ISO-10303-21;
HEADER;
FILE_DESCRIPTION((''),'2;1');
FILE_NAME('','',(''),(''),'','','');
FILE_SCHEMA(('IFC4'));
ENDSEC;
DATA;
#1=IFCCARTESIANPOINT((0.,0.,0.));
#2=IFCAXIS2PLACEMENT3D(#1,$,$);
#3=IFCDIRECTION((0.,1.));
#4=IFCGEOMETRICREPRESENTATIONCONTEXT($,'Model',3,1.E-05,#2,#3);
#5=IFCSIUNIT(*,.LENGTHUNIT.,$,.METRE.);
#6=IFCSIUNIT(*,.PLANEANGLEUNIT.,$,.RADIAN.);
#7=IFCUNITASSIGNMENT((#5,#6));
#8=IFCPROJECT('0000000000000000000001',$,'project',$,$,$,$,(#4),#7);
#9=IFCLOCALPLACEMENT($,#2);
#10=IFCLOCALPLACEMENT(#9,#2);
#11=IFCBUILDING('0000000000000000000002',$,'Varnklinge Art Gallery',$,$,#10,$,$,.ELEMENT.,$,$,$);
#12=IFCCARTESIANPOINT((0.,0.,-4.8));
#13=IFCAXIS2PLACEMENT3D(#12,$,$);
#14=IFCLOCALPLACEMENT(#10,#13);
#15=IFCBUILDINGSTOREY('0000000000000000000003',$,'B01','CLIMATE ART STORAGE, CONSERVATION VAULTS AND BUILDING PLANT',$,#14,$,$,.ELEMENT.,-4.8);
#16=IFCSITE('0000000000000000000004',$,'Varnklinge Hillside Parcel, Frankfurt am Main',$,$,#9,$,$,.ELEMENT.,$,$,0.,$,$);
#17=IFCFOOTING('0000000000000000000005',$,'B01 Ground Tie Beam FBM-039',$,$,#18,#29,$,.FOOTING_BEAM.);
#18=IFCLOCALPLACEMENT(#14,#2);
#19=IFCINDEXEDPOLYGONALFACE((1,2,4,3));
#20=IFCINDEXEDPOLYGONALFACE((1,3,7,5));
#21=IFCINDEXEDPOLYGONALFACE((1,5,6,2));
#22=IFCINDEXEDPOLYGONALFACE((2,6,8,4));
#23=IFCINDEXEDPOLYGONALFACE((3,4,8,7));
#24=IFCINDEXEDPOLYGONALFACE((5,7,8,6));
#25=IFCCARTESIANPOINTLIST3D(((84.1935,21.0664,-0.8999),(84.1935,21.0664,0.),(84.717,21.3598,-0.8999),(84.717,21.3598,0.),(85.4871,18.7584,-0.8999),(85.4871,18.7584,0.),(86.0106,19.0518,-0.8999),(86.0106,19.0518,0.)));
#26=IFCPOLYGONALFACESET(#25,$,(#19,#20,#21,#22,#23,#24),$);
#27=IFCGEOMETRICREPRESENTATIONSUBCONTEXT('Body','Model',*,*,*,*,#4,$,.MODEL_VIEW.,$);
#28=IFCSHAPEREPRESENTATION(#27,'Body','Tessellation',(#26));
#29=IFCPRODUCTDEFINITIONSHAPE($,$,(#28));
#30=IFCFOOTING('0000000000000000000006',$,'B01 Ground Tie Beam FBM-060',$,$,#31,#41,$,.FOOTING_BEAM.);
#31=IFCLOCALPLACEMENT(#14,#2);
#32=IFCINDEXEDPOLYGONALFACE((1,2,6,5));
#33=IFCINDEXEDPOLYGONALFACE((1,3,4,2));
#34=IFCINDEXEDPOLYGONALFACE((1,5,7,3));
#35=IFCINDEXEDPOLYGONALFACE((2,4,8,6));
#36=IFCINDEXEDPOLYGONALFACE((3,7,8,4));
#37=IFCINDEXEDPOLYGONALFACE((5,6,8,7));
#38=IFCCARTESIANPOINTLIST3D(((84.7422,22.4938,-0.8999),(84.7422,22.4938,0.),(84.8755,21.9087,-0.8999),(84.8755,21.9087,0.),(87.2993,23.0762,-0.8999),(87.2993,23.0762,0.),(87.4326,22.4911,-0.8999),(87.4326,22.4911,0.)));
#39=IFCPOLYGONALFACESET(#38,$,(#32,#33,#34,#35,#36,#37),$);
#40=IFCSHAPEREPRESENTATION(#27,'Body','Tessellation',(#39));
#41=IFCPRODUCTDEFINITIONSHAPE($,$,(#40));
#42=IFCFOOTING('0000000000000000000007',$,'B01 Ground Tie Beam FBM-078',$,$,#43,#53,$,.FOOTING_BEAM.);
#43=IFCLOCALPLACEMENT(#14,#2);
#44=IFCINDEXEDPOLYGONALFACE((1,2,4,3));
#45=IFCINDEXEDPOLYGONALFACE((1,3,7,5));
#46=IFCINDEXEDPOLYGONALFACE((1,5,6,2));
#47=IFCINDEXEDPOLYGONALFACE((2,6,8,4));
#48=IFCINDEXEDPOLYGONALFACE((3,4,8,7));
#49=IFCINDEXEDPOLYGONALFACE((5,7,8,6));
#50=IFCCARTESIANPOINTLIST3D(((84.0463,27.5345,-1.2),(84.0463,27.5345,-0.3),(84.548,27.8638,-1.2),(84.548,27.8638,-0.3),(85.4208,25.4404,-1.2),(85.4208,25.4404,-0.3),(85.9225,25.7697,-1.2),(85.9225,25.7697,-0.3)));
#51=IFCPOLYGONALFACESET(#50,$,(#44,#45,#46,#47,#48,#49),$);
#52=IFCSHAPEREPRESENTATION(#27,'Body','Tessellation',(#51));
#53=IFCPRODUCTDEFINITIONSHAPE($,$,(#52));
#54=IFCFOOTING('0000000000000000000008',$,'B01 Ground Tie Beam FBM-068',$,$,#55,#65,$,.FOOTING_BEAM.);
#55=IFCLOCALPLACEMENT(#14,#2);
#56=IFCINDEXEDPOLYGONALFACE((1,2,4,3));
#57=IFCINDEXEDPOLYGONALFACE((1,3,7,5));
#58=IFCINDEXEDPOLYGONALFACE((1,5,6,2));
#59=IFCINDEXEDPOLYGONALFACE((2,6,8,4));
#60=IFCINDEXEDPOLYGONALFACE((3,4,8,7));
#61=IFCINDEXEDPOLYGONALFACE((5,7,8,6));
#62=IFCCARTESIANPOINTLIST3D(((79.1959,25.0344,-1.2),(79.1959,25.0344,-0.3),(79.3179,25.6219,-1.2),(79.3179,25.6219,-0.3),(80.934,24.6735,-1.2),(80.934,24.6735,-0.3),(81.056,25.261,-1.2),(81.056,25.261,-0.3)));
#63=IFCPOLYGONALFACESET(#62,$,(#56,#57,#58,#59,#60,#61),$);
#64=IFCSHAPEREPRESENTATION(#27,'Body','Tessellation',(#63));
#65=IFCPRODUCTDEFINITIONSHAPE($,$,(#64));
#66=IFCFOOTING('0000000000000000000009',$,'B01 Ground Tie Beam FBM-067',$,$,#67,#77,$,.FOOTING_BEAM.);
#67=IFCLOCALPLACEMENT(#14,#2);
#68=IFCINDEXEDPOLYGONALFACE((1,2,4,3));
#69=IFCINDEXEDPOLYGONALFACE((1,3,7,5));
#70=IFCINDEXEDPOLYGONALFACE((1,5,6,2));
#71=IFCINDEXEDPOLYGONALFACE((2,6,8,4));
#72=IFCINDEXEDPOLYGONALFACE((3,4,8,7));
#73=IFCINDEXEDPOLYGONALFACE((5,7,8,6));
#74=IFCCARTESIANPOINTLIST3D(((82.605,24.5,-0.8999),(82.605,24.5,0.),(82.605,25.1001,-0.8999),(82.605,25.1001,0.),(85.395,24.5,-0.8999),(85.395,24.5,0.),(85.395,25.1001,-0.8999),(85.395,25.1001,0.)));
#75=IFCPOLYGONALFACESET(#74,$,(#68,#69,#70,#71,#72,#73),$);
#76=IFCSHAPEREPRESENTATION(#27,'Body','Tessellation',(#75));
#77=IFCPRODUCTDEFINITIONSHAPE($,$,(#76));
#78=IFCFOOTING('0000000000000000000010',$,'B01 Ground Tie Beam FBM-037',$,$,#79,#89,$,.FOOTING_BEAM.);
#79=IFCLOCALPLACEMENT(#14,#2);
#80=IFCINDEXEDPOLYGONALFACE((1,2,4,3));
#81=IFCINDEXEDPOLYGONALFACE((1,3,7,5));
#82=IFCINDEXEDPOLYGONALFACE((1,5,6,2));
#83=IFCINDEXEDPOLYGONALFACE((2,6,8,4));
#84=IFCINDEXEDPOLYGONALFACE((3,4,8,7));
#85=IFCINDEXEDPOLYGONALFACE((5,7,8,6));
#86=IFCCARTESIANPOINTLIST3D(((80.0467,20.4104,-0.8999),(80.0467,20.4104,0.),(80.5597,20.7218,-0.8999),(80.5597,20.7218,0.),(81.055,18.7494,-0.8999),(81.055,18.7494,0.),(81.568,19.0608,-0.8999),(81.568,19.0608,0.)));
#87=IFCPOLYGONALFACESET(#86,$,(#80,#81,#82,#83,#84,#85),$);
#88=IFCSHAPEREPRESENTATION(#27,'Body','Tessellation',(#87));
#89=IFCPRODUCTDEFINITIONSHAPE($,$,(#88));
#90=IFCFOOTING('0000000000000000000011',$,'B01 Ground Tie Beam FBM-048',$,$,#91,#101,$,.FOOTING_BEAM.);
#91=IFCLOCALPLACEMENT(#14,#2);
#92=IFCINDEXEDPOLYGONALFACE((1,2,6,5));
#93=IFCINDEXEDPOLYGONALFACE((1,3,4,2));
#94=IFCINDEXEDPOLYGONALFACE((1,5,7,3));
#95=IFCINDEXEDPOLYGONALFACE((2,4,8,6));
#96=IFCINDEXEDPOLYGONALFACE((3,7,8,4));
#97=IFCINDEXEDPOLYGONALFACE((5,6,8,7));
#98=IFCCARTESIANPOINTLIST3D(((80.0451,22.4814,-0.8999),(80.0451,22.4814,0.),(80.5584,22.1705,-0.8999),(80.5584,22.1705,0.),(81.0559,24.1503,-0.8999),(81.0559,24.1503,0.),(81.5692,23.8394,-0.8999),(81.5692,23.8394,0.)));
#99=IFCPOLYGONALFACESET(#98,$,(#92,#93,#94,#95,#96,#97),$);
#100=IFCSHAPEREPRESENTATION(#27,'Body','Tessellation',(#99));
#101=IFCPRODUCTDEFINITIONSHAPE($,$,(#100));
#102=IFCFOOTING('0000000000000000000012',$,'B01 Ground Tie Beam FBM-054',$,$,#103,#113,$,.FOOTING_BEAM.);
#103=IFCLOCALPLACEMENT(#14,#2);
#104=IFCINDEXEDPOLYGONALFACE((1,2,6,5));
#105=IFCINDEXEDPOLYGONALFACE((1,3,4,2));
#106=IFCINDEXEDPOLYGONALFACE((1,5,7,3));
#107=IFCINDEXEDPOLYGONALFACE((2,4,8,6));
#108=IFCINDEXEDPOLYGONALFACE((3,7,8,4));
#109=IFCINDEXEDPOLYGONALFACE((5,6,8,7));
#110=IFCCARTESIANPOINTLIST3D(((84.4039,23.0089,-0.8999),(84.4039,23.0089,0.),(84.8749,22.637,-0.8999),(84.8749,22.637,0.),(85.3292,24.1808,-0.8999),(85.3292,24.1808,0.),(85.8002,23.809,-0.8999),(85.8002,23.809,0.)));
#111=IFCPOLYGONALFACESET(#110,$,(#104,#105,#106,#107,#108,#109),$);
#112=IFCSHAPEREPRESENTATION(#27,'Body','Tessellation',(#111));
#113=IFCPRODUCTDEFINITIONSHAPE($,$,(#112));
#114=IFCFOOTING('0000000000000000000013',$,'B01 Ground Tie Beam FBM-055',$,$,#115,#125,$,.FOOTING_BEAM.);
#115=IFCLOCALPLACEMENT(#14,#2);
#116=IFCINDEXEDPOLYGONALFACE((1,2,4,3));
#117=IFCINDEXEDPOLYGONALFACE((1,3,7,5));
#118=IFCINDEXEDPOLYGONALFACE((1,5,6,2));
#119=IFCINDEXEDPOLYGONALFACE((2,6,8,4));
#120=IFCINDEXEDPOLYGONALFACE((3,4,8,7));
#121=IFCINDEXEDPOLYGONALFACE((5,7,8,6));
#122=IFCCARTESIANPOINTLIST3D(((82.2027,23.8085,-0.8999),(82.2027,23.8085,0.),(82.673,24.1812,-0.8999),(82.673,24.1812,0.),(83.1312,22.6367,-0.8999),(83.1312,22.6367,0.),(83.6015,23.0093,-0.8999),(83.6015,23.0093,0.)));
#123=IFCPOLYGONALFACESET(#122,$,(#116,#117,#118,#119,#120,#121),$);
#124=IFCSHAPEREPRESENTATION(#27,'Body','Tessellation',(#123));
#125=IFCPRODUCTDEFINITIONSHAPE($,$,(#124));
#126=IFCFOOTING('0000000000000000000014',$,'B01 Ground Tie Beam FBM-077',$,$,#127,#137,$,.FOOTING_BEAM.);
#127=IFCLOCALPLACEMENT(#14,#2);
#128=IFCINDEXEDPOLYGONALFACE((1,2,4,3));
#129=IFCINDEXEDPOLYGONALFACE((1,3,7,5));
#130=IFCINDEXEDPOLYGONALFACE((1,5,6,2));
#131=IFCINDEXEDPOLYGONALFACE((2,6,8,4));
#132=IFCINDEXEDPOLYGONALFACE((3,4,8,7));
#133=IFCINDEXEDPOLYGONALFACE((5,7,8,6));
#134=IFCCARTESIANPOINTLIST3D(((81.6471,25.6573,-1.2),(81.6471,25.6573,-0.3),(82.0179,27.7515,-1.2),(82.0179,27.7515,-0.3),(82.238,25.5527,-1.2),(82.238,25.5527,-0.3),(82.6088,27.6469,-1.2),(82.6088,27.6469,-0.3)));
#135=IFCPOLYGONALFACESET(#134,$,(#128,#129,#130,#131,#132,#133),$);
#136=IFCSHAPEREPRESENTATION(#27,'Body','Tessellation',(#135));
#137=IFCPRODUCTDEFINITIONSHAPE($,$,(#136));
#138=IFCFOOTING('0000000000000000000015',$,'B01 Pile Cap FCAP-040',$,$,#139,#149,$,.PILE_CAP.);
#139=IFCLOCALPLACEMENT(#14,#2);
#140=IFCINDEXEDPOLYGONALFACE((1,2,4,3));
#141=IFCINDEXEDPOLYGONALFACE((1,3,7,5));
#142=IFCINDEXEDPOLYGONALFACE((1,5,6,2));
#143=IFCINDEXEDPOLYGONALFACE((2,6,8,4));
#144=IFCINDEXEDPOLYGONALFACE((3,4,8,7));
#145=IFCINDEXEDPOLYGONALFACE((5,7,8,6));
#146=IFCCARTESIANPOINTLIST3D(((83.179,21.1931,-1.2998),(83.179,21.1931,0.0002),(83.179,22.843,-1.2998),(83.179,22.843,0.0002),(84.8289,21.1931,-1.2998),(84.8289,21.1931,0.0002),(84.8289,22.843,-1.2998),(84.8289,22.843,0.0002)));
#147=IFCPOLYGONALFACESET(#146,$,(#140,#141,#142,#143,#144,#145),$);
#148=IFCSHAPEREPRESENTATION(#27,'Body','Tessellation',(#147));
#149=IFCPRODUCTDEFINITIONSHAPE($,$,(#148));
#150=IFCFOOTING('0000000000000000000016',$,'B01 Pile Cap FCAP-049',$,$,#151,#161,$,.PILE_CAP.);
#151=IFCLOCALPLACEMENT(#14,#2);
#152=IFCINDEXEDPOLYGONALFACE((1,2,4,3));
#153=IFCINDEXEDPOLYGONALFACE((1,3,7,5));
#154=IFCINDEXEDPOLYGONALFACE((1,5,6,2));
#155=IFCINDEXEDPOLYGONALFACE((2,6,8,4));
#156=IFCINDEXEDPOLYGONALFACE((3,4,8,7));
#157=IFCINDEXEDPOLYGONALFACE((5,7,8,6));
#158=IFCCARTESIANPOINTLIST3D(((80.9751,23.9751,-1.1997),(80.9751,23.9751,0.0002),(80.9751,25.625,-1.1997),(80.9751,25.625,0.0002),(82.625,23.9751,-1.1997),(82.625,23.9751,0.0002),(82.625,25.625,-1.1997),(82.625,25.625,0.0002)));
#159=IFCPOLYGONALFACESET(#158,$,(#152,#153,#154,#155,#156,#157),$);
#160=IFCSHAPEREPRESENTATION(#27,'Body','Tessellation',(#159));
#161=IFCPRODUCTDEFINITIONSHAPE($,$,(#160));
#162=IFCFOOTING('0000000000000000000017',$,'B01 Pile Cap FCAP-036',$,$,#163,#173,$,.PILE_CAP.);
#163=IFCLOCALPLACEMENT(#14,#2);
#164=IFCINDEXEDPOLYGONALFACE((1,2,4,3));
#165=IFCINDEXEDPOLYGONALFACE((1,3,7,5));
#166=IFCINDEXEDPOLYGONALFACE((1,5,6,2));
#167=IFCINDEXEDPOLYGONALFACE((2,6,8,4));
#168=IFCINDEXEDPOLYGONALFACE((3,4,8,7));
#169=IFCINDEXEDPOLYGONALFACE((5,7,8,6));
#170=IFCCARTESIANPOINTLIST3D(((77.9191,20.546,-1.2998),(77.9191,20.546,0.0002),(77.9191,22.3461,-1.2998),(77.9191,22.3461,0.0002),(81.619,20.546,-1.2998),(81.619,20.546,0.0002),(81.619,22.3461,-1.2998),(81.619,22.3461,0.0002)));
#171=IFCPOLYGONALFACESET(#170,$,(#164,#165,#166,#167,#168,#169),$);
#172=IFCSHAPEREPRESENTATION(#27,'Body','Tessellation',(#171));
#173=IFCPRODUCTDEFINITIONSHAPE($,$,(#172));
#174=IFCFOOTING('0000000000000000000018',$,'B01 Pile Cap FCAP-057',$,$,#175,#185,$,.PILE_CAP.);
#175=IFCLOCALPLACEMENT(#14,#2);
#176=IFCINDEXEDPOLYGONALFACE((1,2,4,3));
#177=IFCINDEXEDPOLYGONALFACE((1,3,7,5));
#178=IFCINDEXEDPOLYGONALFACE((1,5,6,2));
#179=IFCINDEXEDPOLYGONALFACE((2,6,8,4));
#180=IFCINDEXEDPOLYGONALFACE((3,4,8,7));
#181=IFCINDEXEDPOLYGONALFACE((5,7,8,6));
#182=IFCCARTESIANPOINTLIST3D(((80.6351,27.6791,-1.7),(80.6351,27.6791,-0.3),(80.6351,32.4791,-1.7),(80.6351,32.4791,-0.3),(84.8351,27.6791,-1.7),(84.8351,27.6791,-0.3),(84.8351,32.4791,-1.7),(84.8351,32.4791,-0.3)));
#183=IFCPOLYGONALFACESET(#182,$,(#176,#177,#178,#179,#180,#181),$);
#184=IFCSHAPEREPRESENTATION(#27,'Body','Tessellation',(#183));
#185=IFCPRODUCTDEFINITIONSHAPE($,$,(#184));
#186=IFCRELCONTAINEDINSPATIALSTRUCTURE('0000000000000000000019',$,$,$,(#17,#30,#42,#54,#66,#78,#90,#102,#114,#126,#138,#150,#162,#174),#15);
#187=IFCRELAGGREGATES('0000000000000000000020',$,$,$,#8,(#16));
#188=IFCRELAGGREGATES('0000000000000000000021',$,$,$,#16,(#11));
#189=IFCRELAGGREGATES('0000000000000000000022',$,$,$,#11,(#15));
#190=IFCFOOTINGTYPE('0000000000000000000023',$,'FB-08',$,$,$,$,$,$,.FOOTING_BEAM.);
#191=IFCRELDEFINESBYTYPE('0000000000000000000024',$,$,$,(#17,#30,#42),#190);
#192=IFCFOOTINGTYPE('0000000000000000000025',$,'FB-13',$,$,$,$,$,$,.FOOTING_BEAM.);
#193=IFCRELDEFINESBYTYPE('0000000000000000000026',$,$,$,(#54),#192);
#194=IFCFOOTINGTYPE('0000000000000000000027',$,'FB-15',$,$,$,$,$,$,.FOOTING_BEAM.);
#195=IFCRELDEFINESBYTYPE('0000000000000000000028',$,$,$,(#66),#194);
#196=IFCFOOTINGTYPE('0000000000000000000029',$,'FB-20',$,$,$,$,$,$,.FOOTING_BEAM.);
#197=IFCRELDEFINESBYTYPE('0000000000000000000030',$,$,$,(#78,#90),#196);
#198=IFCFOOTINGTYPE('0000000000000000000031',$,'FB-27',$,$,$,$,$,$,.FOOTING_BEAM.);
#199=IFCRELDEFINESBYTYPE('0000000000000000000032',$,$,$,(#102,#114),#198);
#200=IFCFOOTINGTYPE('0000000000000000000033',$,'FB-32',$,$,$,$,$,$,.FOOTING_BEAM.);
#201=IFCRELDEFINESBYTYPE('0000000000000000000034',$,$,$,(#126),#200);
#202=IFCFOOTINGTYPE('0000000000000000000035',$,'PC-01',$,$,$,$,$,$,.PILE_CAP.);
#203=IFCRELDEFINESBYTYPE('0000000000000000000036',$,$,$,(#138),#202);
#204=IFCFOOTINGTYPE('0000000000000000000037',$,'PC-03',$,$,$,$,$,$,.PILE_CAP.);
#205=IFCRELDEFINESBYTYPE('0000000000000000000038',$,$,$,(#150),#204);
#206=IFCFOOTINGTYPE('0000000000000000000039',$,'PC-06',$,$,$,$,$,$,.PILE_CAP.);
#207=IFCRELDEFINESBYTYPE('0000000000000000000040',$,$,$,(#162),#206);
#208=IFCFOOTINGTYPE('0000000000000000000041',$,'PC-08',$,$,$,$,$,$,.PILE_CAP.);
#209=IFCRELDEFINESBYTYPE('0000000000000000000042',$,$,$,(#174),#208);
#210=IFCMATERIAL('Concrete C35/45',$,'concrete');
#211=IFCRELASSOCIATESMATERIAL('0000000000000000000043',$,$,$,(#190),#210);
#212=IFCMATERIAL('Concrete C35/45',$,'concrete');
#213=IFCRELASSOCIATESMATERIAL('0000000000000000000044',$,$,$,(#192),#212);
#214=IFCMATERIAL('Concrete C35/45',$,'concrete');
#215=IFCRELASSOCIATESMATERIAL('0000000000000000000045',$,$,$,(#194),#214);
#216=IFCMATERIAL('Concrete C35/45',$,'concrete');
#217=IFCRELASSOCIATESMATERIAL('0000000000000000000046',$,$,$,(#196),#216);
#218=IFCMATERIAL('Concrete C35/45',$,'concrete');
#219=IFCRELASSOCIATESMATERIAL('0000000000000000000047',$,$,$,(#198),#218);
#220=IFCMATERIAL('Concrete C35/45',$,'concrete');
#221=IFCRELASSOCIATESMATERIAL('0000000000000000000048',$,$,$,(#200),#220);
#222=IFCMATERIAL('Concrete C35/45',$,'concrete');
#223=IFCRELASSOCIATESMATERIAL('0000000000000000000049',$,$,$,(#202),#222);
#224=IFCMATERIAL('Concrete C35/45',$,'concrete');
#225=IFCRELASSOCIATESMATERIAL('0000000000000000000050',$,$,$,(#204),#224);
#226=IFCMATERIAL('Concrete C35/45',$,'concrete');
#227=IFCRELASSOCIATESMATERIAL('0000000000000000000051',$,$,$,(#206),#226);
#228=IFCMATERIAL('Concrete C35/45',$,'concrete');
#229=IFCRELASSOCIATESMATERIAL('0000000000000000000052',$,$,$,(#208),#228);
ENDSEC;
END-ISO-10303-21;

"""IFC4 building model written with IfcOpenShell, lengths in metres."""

from ifc_helpers import new_model, si_unit, direction, frame, origin, origin_2d, place, context, subcontext, project, spatial, rectangle, extrude, material, type_object, element, save


model = new_model("IFC4")

# Units and contexts
model_context = context("Model", 3, precision=1e-05, world=origin(), true_north=direction((0.0, 1.0)))
body_context = subcontext(model_context, "Body", "Model", "MODEL_VIEW")
ifc_project = project(units=[si_unit("LENGTHUNIT", "METRE"), si_unit("PLANEANGLEUNIT", "RADIAN")], contexts=[model_context])

# Site, building, storey
site_placement = place(None, origin())
site = spatial("IfcSite", under=ifc_project, at=site_placement, Name="Varnklinge Hillside Parcel, Frankfurt am Main", CompositionType="ELEMENT", RefElevation=0.0)
building_placement = place(site_placement, origin())
building = spatial("IfcBuilding", under=site, at=building_placement, Name="Varnklinge Art Gallery", CompositionType="ELEMENT")
storey_placement = place(building_placement, frame((0.0, 0.0, -4.8)))
storey = spatial("IfcBuildingStorey", under=building, at=storey_placement, Name="B01", Description="CLIMATE ART STORAGE, CONSERVATION VAULTS AND BUILDING PLANT", CompositionType="ELEMENT", Elevation=-4.8)

# Footings
ifc_material_1 = material(Name="Concrete C35/45", Category="concrete")
footing_type_1 = type_object("IfcFootingType", Name="FB-08", PredefinedType="FOOTING_BEAM", material=ifc_material_1)
footing_1_placement = place(storey_placement, frame((85.1021, 20.0591, -0.8999), z_axis=(0.0, 0.0, 1.0), x_axis=(-0.488926, 0.872325, 0.0)))
element("IfcFooting", 1, at=footing_1_placement, inside=storey, type_object=footing_type_1, Name="B01 Ground Tie Beam FBM-039", PredefinedType="FOOTING_BEAM", context=body_context, shape_type="SweptSolid", body=[
    extrude(rectangle(XDim=2.6458, YDim=0.6001, at=origin_2d()), origin(), (0.0, 0.0, 1.0), 0.8999),
])
footing_2_placement = place(storey_placement, frame((86.0874, 22.4924, -0.8999), z_axis=(0.0, 0.0, 1.0), x_axis=(-0.975033, -0.222059, 0.0)))
element("IfcFooting", 2, at=footing_2_placement, inside=storey, type_object=footing_type_1, Name="B01 Ground Tie Beam FBM-060", PredefinedType="FOOTING_BEAM", context=body_context, shape_type="SweptSolid", body=[
    extrude(rectangle(XDim=2.6226, YDim=0.6001, at=origin_2d()), origin(), (0.0, 0.0, 1.0), 0.8999),
])
footing_3_placement = place(storey_placement, frame((84.9844, 26.6521, -1.2), z_axis=(0.0, 0.0, 1.0), x_axis=(0.548731, -0.835999, 0.0)))
element("IfcFooting", 3, at=footing_3_placement, inside=storey, type_object=footing_type_1, Name="B01 Ground Tie Beam FBM-078", PredefinedType="FOOTING_BEAM", context=body_context, shape_type="SweptSolid", body=[
    extrude(rectangle(XDim=2.5049, YDim=0.6001, at=origin_2d()), origin(), (0.0, 0.0, 1.0), 0.8999),
])
ifc_material_2 = material(Name="Concrete C35/45", Category="concrete")
footing_type_2 = type_object("IfcFootingType", Name="FB-13", PredefinedType="FOOTING_BEAM", material=ifc_material_2)
footing_4_placement = place(storey_placement, frame((80.126, 25.1477, -1.2), z_axis=(0.0, 0.0, 1.0), x_axis=(0.979116, -0.2033, 0.0)))
element("IfcFooting", 4, at=footing_4_placement, inside=storey, type_object=footing_type_2, Name="B01 Ground Tie Beam FBM-068", PredefinedType="FOOTING_BEAM", context=body_context, shape_type="SweptSolid", body=[
    extrude(rectangle(XDim=1.7751, YDim=0.6001, at=origin_2d()), origin(), (0.0, 0.0, 1.0), 0.8999),
])
ifc_material_3 = material(Name="Concrete C35/45", Category="concrete")
footing_type_3 = type_object("IfcFootingType", Name="FB-15", PredefinedType="FOOTING_BEAM", material=ifc_material_3)
footing_5_placement = place(storey_placement, frame((84.0, 24.8, -0.8999), z_axis=(0.0, 0.0, 1.0), x_axis=(-1.0, 0.0, 0.0)))
element("IfcFooting", 5, at=footing_5_placement, inside=storey, type_object=footing_type_3, Name="B01 Ground Tie Beam FBM-067", PredefinedType="FOOTING_BEAM", context=body_context, shape_type="SweptSolid", body=[
    extrude(rectangle(XDim=2.79, YDim=0.6001, at=origin_2d()), origin(), (0.0, 0.0, 1.0), 0.8999),
])
ifc_material_4 = material(Name="Concrete C35/45", Category="concrete")
footing_type_4 = type_object("IfcFootingType", Name="FB-20", PredefinedType="FOOTING_BEAM", material=ifc_material_4)
footing_6_placement = place(storey_placement, frame((80.8074, 19.7356, -0.8999), z_axis=(0.0, 0.0, 1.0), x_axis=(-0.518922, 0.854821, 0.0)))
element("IfcFooting", 6, at=footing_6_placement, inside=storey, type_object=footing_type_4, Name="B01 Ground Tie Beam FBM-037", PredefinedType="FOOTING_BEAM", context=body_context, shape_type="SweptSolid", body=[
    extrude(rectangle(XDim=1.9431, YDim=0.6001, at=origin_2d()), origin(), (0.0, 0.0, 1.0), 0.8999),
])
footing_7_placement = place(storey_placement, frame((80.8071, 23.1604, -0.8999), z_axis=(0.0, 0.0, 1.0), x_axis=(0.518027, 0.855364, 0.0)))
element("IfcFooting", 7, at=footing_7_placement, inside=storey, type_object=footing_type_4, Name="B01 Ground Tie Beam FBM-048", PredefinedType="FOOTING_BEAM", context=body_context, shape_type="SweptSolid", body=[
    extrude(rectangle(XDim=1.9512, YDim=0.6001, at=origin_2d()), origin(), (0.0, 0.0, 1.0), 0.8999),
])
ifc_material_5 = material(Name="Concrete C35/45", Category="concrete")
footing_type_5 = type_object("IfcFootingType", Name="FB-27", PredefinedType="FOOTING_BEAM", material=ifc_material_5)
footing_8_placement = place(storey_placement, frame((85.1021, 23.4089, -0.8999), z_axis=(0.0, 0.0, 1.0), x_axis=(0.619642, 0.784885, 0.0)))
element("IfcFooting", 8, at=footing_8_placement, inside=storey, type_object=footing_type_5, Name="B01 Ground Tie Beam FBM-054", PredefinedType="FOOTING_BEAM", context=body_context, shape_type="SweptSolid", body=[
    extrude(rectangle(XDim=1.4932, YDim=0.6001, at=origin_2d()), origin(), (0.0, 0.0, 1.0), 0.8999),
])
footing_9_placement = place(storey_placement, frame((82.9021, 23.4089, -0.8999), z_axis=(0.0, 0.0, 1.0), x_axis=(-0.621011, 0.783802, 0.0)))
element("IfcFooting", 9, at=footing_9_placement, inside=storey, type_object=footing_type_5, Name="B01 Ground Tie Beam FBM-055", PredefinedType="FOOTING_BEAM", context=body_context, shape_type="SweptSolid", body=[
    extrude(rectangle(XDim=1.4951, YDim=0.6001, at=origin_2d()), origin(), (0.0, 0.0, 1.0), 0.8999),
])
ifc_material_6 = material(Name="Concrete C35/45", Category="concrete")
footing_type_6 = type_object("IfcFootingType", Name="FB-32", PredefinedType="FOOTING_BEAM", material=ifc_material_6)
footing_10_placement = place(storey_placement, frame((82.1279, 26.6521, -1.2), z_axis=(0.0, 0.0, 1.0), x_axis=(-0.174336, -0.984686, 0.0)))
element("IfcFooting", 10, at=footing_10_placement, inside=storey, type_object=footing_type_6, Name="B01 Ground Tie Beam FBM-077", PredefinedType="FOOTING_BEAM", context=body_context, shape_type="SweptSolid", body=[
    extrude(rectangle(XDim=2.1267, YDim=0.6001, at=origin_2d()), origin(), (0.0, 0.0, 1.0), 0.8999),
])
ifc_material_7 = material(Name="Concrete C35/45", Category="concrete")
footing_type_7 = type_object("IfcFootingType", Name="PC-01", PredefinedType="PILE_CAP", material=ifc_material_7)
footing_11_placement = place(storey_placement, frame((84.0039, 22.0181, -1.2998), z_axis=(0.0, 0.0, 1.0), x_axis=(1.0, 0.0, 0.0)))
element("IfcFooting", 11, at=footing_11_placement, inside=storey, type_object=footing_type_7, Name="B01 Pile Cap FCAP-040", PredefinedType="PILE_CAP", context=body_context, shape_type="SweptSolid", body=[
    extrude(rectangle(XDim=1.6499, YDim=1.6499, at=origin_2d()), origin(), (0.0, 0.0, 1.0), 1.3),
])
ifc_material_8 = material(Name="Concrete C35/45", Category="concrete")
footing_type_8 = type_object("IfcFootingType", Name="PC-03", PredefinedType="PILE_CAP", material=ifc_material_8)
footing_12_placement = place(storey_placement, frame((81.8, 24.8, -1.1997), z_axis=(0.0, 0.0, 1.0), x_axis=(1.0, 0.0, 0.0)))
element("IfcFooting", 12, at=footing_12_placement, inside=storey, type_object=footing_type_8, Name="B01 Pile Cap FCAP-049", PredefinedType="PILE_CAP", context=body_context, shape_type="SweptSolid", body=[
    extrude(rectangle(XDim=1.6499, YDim=1.6499, at=origin_2d()), origin(), (0.0, 0.0, 1.0), 1.2),
])
ifc_material_9 = material(Name="Concrete C35/45", Category="concrete")
footing_type_9 = type_object("IfcFootingType", Name="PC-06", PredefinedType="PILE_CAP", material=ifc_material_9)
footing_13_placement = place(storey_placement, frame((79.769, 21.446, -1.2998), z_axis=(0.0, 0.0, 1.0), x_axis=(1.0, 0.0, 0.0)))
element("IfcFooting", 13, at=footing_13_placement, inside=storey, type_object=footing_type_9, Name="B01 Pile Cap FCAP-036", PredefinedType="PILE_CAP", context=body_context, shape_type="SweptSolid", body=[
    extrude(rectangle(XDim=3.7, YDim=1.8, at=origin_2d()), origin(), (0.0, 0.0, 1.0), 1.3),
])
ifc_material_10 = material(Name="Concrete C35/45", Category="concrete")
footing_type_10 = type_object("IfcFootingType", Name="PC-08", PredefinedType="PILE_CAP", material=ifc_material_10)
footing_14_placement = place(storey_placement, frame((82.7351, 30.0791, -1.7), z_axis=(0.0, 0.0, 1.0), x_axis=(1.0, 0.0, 0.0)))
element("IfcFooting", 14, at=footing_14_placement, inside=storey, type_object=footing_type_10, Name="B01 Pile Cap FCAP-057", PredefinedType="PILE_CAP", context=body_context, shape_type="SweptSolid", body=[
    extrude(rectangle(XDim=4.2, YDim=4.8, at=origin_2d()), origin(), (0.0, 0.0, 1.0), 1.3999),
])

save(model, "model.ifc")
